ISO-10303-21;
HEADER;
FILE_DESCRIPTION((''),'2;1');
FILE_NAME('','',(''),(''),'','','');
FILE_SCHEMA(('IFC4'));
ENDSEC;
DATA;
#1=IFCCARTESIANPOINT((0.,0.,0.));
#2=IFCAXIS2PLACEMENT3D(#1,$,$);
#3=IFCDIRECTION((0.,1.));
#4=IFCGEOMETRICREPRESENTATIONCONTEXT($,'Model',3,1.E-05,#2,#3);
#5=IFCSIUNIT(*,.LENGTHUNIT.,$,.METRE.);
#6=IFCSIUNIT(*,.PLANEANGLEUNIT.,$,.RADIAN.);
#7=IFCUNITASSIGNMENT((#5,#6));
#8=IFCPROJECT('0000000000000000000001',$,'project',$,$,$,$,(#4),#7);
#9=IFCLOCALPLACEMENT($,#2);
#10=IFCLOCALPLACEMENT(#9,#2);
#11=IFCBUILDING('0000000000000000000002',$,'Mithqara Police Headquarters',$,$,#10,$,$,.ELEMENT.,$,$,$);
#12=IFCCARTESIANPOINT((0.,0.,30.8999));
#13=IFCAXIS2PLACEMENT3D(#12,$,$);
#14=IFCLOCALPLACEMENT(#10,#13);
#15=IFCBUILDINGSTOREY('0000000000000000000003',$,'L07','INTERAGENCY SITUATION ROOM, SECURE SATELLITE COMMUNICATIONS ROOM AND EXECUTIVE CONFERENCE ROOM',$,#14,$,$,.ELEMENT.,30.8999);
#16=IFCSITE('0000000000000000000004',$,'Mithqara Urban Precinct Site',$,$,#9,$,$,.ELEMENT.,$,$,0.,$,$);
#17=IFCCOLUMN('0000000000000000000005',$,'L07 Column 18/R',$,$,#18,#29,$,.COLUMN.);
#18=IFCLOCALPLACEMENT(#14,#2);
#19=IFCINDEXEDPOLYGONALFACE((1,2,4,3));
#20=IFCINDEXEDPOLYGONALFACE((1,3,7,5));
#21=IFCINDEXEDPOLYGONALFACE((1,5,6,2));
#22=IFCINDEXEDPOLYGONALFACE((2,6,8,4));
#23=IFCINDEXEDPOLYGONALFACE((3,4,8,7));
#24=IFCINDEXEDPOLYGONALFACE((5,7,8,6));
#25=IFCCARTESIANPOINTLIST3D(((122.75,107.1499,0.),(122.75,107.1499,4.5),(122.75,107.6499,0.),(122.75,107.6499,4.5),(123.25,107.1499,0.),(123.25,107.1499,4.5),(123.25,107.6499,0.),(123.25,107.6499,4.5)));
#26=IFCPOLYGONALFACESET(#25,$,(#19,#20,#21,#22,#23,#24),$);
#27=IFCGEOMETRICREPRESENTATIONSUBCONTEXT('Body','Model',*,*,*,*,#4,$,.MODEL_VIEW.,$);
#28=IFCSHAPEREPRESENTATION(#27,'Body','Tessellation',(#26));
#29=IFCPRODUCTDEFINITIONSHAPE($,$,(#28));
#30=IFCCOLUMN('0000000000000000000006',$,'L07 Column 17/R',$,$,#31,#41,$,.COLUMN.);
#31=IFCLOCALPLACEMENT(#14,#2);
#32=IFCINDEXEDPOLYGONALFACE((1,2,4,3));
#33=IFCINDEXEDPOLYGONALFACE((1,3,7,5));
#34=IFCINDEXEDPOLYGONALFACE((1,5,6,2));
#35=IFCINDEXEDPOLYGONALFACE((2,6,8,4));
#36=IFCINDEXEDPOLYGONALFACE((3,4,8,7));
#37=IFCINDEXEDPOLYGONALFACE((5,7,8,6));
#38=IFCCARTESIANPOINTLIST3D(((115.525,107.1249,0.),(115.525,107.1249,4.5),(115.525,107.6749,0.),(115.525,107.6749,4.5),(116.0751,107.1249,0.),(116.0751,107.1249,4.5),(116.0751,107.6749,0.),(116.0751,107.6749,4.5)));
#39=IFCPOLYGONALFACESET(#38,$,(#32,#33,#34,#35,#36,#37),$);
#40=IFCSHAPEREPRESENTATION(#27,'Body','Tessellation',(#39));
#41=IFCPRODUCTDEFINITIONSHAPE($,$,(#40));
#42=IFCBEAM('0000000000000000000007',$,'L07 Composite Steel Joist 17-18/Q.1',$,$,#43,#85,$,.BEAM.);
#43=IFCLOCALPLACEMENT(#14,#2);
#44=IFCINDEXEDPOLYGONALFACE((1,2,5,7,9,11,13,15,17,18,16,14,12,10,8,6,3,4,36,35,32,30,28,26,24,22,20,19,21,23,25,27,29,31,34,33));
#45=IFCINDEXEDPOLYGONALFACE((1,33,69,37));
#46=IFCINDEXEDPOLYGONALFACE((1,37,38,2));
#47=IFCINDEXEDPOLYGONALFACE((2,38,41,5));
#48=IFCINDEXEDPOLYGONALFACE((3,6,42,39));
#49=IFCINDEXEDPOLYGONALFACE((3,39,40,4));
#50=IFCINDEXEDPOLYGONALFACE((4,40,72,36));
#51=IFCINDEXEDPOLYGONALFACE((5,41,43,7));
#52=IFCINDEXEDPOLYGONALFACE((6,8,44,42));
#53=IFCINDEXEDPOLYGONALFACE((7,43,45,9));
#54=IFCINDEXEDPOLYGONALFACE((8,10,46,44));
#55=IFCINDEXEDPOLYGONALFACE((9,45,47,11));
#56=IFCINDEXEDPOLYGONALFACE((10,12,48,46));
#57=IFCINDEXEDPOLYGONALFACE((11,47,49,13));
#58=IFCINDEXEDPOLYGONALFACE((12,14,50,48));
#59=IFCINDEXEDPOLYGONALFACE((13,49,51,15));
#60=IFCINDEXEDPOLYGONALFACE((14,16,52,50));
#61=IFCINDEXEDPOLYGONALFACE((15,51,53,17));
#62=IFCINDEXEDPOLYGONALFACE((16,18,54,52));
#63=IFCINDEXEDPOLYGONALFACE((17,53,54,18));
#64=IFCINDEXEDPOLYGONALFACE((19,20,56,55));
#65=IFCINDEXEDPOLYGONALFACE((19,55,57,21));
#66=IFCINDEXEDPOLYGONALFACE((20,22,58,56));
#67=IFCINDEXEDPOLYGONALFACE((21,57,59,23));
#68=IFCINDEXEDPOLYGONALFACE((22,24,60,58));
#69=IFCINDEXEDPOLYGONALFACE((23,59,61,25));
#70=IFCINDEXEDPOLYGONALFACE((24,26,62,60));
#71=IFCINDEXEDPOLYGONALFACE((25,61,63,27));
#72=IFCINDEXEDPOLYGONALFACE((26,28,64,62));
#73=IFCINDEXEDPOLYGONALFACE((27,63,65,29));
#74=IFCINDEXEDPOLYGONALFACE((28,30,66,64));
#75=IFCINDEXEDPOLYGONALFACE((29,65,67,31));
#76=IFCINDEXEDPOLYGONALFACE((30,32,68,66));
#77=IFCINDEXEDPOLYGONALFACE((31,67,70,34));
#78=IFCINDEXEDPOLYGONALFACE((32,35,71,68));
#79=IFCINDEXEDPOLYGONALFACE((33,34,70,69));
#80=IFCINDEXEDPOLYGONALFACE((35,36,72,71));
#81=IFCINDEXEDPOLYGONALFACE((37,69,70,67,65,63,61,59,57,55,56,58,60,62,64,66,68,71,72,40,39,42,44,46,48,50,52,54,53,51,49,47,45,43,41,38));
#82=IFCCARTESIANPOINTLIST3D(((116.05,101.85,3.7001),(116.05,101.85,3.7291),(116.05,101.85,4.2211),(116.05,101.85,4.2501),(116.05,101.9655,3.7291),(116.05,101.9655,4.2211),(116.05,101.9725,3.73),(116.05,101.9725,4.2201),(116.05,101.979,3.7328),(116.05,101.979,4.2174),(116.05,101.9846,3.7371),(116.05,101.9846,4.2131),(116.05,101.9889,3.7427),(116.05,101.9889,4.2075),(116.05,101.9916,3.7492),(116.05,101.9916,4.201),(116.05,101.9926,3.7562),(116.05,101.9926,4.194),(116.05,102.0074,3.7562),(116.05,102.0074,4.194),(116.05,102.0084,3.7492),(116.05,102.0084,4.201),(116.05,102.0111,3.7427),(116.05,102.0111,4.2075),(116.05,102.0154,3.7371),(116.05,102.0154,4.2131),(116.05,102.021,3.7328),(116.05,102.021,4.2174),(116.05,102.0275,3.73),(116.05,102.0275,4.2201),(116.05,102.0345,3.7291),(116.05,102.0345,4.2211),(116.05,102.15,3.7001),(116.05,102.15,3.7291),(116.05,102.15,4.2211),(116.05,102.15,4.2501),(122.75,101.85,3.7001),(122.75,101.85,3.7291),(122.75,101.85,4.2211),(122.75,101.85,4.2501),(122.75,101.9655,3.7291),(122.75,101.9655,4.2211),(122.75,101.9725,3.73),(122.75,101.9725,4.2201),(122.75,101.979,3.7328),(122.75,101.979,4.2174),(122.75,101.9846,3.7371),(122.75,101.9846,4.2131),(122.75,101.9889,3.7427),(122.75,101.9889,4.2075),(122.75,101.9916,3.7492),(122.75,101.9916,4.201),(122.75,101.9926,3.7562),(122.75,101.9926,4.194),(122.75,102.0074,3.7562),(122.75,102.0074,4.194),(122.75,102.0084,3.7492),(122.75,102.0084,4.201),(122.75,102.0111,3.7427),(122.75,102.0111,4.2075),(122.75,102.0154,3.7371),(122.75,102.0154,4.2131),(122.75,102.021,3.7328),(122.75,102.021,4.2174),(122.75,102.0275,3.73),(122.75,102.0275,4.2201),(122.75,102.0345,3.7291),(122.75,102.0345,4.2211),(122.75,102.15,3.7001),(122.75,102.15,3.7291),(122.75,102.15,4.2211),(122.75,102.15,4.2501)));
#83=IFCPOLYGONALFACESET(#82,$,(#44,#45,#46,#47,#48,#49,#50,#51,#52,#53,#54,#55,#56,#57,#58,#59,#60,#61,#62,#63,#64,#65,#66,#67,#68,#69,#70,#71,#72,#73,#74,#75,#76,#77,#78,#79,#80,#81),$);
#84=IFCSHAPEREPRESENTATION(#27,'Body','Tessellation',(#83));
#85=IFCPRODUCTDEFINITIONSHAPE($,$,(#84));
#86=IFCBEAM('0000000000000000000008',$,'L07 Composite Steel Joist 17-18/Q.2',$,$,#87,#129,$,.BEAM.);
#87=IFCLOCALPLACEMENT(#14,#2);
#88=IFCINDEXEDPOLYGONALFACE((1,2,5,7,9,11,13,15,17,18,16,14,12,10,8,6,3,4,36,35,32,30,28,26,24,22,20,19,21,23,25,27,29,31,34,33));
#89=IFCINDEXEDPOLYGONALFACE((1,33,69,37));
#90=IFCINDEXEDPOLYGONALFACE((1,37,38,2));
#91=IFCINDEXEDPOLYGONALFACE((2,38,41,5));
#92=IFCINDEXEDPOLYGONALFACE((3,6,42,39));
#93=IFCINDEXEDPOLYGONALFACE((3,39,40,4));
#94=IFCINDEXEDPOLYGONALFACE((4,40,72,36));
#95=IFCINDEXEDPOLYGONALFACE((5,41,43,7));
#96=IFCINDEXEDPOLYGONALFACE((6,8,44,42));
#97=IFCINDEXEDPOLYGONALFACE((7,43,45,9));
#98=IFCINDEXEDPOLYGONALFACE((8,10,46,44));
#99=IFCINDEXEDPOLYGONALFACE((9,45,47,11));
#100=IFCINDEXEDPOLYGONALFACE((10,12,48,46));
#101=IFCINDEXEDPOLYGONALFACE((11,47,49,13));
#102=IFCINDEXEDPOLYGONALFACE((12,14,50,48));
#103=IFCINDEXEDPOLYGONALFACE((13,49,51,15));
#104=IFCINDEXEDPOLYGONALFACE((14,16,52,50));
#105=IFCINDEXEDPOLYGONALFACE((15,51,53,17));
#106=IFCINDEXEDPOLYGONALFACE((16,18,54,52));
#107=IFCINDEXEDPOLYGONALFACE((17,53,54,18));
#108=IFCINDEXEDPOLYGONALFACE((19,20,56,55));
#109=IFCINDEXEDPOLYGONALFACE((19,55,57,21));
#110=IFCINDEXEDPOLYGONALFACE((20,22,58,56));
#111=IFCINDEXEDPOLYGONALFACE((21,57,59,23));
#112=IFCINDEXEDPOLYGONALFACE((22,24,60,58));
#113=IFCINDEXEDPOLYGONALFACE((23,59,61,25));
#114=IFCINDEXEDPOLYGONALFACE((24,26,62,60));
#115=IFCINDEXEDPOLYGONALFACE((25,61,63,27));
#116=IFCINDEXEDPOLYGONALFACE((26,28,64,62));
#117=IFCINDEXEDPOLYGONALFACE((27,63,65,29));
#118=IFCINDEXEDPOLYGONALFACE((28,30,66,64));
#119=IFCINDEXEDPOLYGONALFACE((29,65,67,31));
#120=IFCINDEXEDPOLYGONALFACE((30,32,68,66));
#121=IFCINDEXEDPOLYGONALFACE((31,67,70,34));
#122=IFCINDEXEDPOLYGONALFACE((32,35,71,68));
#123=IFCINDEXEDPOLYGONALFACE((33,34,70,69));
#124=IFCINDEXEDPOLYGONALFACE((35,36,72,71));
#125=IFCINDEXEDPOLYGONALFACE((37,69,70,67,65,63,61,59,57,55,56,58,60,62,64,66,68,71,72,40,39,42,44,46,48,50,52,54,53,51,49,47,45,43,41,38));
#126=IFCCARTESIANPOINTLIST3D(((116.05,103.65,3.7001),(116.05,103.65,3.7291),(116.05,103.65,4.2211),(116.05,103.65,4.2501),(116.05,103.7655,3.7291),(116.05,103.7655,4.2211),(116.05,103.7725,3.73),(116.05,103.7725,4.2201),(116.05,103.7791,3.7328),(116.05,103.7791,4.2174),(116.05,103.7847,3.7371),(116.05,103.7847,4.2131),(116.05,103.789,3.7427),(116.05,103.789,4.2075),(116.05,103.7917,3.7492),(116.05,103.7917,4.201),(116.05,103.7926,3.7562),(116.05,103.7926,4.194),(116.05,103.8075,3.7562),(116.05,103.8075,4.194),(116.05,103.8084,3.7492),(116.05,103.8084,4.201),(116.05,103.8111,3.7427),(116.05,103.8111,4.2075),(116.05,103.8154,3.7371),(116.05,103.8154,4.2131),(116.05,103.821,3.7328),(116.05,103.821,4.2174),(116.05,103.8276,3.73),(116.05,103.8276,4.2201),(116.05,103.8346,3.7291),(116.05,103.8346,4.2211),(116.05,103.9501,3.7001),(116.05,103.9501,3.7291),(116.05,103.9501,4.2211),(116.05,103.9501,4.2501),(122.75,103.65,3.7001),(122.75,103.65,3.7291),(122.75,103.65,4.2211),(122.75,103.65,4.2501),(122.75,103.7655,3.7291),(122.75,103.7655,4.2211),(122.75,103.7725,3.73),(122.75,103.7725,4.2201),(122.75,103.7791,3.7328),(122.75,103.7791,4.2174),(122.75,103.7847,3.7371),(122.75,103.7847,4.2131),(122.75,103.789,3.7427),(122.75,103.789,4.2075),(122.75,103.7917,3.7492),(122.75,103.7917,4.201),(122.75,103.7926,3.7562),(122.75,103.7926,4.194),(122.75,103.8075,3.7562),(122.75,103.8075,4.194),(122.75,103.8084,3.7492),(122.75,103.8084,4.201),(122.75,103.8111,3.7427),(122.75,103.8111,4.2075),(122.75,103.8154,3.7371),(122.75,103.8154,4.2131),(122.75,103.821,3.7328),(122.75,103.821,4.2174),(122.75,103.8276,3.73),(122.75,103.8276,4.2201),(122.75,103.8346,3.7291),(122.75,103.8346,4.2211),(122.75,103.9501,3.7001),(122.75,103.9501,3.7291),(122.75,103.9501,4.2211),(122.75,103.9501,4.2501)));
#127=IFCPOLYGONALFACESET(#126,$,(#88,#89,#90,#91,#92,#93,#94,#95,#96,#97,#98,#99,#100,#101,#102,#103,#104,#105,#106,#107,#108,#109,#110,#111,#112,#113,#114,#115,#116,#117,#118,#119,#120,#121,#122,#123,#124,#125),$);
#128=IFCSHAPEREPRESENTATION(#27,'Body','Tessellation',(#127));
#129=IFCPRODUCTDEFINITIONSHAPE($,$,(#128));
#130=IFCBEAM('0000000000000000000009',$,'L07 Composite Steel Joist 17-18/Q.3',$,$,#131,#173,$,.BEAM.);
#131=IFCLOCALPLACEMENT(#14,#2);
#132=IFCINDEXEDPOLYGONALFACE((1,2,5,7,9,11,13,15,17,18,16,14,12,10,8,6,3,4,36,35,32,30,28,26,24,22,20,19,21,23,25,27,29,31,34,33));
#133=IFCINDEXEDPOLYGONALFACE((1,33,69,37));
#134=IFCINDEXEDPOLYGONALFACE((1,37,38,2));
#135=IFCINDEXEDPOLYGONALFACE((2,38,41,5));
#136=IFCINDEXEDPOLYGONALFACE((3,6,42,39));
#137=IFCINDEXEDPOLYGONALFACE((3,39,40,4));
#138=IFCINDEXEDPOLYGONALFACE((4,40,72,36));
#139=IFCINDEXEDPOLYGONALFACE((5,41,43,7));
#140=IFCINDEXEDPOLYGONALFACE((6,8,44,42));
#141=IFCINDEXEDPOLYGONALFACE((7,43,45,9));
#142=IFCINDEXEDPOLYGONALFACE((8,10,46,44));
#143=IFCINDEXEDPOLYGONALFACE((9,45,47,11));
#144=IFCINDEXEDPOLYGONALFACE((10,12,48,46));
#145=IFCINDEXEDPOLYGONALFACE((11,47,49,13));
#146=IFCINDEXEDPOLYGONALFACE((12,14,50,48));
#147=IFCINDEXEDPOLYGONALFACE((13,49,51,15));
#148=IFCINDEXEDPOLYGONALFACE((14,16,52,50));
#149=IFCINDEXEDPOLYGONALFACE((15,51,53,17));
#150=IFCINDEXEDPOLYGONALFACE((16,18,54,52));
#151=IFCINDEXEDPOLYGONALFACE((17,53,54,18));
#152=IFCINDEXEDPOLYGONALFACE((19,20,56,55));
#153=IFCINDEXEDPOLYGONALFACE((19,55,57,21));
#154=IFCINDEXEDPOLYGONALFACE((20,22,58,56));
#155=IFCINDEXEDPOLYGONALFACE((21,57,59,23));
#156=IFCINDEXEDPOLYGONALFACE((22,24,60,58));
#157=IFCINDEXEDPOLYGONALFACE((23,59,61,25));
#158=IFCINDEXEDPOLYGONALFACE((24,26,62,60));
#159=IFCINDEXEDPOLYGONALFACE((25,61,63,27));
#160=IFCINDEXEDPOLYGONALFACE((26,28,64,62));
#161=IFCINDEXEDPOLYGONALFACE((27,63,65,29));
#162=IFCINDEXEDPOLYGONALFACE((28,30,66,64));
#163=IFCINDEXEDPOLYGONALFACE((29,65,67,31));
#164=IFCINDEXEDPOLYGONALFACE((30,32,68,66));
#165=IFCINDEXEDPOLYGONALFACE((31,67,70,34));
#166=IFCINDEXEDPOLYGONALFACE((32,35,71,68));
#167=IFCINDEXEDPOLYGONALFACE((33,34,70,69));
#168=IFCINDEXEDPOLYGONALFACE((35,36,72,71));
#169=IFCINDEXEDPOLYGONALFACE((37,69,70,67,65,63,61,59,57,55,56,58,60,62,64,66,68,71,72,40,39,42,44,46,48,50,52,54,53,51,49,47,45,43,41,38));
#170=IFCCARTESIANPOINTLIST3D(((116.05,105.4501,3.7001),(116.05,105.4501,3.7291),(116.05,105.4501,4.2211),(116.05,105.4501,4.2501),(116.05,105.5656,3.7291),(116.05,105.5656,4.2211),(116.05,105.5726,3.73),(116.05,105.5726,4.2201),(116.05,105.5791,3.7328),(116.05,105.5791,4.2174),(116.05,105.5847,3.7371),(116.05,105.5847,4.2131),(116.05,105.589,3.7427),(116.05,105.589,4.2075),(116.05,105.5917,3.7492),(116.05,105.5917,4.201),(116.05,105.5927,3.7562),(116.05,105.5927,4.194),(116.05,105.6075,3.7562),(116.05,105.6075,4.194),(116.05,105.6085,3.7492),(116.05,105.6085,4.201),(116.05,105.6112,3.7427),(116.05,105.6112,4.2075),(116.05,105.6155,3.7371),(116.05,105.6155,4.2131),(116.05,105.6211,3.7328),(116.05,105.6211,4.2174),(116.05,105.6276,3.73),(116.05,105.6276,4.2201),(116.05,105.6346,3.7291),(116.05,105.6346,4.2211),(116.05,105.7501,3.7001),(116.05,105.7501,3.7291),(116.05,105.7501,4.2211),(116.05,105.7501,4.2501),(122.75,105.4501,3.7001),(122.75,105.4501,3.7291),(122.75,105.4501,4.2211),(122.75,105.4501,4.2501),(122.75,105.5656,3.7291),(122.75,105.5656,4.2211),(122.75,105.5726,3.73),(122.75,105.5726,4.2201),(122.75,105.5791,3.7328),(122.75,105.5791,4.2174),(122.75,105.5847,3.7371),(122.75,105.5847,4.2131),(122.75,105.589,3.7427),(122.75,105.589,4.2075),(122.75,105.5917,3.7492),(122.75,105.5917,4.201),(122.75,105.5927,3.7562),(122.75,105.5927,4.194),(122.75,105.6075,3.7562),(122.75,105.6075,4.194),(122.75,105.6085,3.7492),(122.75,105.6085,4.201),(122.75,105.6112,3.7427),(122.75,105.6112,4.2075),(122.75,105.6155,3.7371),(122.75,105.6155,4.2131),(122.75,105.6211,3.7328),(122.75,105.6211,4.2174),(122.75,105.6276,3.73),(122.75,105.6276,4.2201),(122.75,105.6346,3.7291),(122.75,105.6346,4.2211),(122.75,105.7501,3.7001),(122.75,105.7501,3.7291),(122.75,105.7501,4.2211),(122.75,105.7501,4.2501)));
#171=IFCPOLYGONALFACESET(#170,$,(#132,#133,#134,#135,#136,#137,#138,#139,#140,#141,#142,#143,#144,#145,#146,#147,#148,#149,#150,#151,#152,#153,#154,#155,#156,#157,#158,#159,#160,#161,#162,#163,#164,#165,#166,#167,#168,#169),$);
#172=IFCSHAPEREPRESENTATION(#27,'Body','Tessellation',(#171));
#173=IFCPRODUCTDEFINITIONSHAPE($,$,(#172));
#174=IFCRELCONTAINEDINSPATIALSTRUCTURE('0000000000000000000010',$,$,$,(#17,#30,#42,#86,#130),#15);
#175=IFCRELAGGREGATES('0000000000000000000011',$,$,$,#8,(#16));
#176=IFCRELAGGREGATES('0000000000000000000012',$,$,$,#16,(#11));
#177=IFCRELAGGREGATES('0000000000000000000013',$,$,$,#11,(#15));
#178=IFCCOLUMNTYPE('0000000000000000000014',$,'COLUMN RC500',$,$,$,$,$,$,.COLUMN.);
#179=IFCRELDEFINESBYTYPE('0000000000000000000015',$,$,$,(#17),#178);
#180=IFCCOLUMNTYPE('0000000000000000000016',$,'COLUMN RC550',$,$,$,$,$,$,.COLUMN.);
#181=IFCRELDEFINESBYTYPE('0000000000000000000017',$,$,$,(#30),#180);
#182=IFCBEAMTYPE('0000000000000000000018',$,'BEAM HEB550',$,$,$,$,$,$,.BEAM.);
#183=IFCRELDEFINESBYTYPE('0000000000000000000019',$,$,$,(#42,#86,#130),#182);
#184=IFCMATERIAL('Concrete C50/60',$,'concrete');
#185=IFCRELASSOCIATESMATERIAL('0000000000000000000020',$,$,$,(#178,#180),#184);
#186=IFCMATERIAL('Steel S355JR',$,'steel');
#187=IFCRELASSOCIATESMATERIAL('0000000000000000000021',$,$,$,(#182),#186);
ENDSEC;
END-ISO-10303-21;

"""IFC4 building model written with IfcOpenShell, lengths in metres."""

from ifc_helpers import new_model, si_unit, direction, frame, origin, origin_2d, place, context, subcontext, project, spatial, rectangle, i_section, extrude, material, material_profile, profile_set, type_object, element, save


model = new_model("IFC4")

# Units and contexts
model_context = context("Model", 3, precision=1e-05, world=origin(), true_north=direction((0.0, 1.0)))
body_context = subcontext(model_context, "Body", "Model", "MODEL_VIEW")
ifc_project = project(units=[si_unit("LENGTHUNIT", "METRE"), si_unit("PLANEANGLEUNIT", "RADIAN")], contexts=[model_context])

# Site, building, storey
site_placement = place(None, origin())
site = spatial("IfcSite", under=ifc_project, at=site_placement, Name="Mithqara Urban Precinct Site", CompositionType="ELEMENT", RefElevation=0.0)
building_placement = place(site_placement, origin())
building = spatial("IfcBuilding", under=site, at=building_placement, Name="Mithqara Police Headquarters", CompositionType="ELEMENT")
storey_placement = place(building_placement, frame((0.0, 0.0, 30.8999)))
storey = spatial("IfcBuildingStorey", under=building, at=storey_placement, Name="L07", Description="INTERAGENCY SITUATION ROOM, SECURE SATELLITE COMMUNICATIONS ROOM AND EXECUTIVE CONFERENCE ROOM", CompositionType="ELEMENT", Elevation=30.8999)

# Columns
ifc_material_1 = material(Name="Concrete C50/60", Category="concrete")
ifc_material_profile_1 = material_profile(ifc_material_1, rectangle(XDim=0.5, YDim=0.5, at=origin_2d()), Name="RC 500x500")
ifc_profile_set_1 = profile_set([ifc_material_profile_1], Name="Concrete C50/60")
column_type_1 = type_object("IfcColumnType", Name="COLUMN RC500", PredefinedType="COLUMN", material=ifc_profile_set_1)
column_1_placement = place(storey_placement, frame((123.0, 107.3999, 0.0), z_axis=(0.0, 0.0, 1.0), x_axis=(1.0, 0.0, 0.0)))
element("IfcColumn", 1, at=column_1_placement, inside=storey, type_object=column_type_1, Name="L07 Column 18/R", PredefinedType="COLUMN", context=body_context, shape_type="SweptSolid", body=[
    extrude(rectangle(XDim=0.5, YDim=0.5, at=origin_2d()), origin(), (0.0, 0.0, 1.0), 4.5),
])
ifc_material_profile_2 = material_profile(ifc_material_1, rectangle(XDim=0.55, YDim=0.55, at=origin_2d()), Name="RC 550x550")
ifc_profile_set_2 = profile_set([ifc_material_profile_2], Name="Concrete C50/60")
column_type_2 = type_object("IfcColumnType", Name="COLUMN RC550", PredefinedType="COLUMN", material=ifc_profile_set_2)
column_2_placement = place(storey_placement, frame((115.8, 107.3999, 0.0), z_axis=(0.0, 0.0, 1.0), x_axis=(1.0, 0.0, 0.0)))
element("IfcColumn", 2, at=column_2_placement, inside=storey, type_object=column_type_2, Name="L07 Column 17/R", PredefinedType="COLUMN", context=body_context, shape_type="SweptSolid", body=[
    extrude(rectangle(XDim=0.55, YDim=0.55, at=origin_2d()), origin(), (0.0, 0.0, 1.0), 4.5),
])

# Beams
ifc_material_2 = material(Name="Steel S355JR", Category="steel")
ifc_material_profile_3 = material_profile(ifc_material_2, i_section(OverallWidth=0.3, OverallDepth=0.55, WebThickness=0.0149, FlangeThickness=0.0291, FilletRadius=0.0271, at=origin_2d()), Name="HEB 550")
ifc_profile_set_3 = profile_set([ifc_material_profile_3], Name="Steel S355JR")
beam_type_1 = type_object("IfcBeamType", Name="BEAM HEB550", PredefinedType="BEAM", material=ifc_profile_set_3)
for number, where, z_axis, x_axis, name in (
    (3, (116.05, 102.0, 3.9751), (1.0, 0.0, 0.0), (0.0, 1.0, 0.0), "L07 Composite Steel Joist 17-18/Q.1"),
    (4, (116.05, 103.8, 3.9751), (1.0, 0.0, 0.0), (0.0, 1.0, 0.0), "L07 Composite Steel Joist 17-18/Q.2"),
    (5, (116.05, 105.6001, 3.9751), (1.0, 0.0, 0.0), (0.0, 1.0, 0.0), "L07 Composite Steel Joist 17-18/Q.3"),
):
    element("IfcBeam", number, at=place(storey_placement, frame(where, z_axis=z_axis, x_axis=x_axis)), inside=storey, type_object=beam_type_1, Name=name, PredefinedType="BEAM", context=body_context, shape_type="SweptSolid", body=[
        extrude(i_section(OverallWidth=0.3, OverallDepth=0.55, WebThickness=0.0149, FlangeThickness=0.0291, FilletRadius=0.0271, at=origin_2d()), origin(), (0.0, 0.0, 1.0), 6.7),
    ])

save(model, "model.ifc")
